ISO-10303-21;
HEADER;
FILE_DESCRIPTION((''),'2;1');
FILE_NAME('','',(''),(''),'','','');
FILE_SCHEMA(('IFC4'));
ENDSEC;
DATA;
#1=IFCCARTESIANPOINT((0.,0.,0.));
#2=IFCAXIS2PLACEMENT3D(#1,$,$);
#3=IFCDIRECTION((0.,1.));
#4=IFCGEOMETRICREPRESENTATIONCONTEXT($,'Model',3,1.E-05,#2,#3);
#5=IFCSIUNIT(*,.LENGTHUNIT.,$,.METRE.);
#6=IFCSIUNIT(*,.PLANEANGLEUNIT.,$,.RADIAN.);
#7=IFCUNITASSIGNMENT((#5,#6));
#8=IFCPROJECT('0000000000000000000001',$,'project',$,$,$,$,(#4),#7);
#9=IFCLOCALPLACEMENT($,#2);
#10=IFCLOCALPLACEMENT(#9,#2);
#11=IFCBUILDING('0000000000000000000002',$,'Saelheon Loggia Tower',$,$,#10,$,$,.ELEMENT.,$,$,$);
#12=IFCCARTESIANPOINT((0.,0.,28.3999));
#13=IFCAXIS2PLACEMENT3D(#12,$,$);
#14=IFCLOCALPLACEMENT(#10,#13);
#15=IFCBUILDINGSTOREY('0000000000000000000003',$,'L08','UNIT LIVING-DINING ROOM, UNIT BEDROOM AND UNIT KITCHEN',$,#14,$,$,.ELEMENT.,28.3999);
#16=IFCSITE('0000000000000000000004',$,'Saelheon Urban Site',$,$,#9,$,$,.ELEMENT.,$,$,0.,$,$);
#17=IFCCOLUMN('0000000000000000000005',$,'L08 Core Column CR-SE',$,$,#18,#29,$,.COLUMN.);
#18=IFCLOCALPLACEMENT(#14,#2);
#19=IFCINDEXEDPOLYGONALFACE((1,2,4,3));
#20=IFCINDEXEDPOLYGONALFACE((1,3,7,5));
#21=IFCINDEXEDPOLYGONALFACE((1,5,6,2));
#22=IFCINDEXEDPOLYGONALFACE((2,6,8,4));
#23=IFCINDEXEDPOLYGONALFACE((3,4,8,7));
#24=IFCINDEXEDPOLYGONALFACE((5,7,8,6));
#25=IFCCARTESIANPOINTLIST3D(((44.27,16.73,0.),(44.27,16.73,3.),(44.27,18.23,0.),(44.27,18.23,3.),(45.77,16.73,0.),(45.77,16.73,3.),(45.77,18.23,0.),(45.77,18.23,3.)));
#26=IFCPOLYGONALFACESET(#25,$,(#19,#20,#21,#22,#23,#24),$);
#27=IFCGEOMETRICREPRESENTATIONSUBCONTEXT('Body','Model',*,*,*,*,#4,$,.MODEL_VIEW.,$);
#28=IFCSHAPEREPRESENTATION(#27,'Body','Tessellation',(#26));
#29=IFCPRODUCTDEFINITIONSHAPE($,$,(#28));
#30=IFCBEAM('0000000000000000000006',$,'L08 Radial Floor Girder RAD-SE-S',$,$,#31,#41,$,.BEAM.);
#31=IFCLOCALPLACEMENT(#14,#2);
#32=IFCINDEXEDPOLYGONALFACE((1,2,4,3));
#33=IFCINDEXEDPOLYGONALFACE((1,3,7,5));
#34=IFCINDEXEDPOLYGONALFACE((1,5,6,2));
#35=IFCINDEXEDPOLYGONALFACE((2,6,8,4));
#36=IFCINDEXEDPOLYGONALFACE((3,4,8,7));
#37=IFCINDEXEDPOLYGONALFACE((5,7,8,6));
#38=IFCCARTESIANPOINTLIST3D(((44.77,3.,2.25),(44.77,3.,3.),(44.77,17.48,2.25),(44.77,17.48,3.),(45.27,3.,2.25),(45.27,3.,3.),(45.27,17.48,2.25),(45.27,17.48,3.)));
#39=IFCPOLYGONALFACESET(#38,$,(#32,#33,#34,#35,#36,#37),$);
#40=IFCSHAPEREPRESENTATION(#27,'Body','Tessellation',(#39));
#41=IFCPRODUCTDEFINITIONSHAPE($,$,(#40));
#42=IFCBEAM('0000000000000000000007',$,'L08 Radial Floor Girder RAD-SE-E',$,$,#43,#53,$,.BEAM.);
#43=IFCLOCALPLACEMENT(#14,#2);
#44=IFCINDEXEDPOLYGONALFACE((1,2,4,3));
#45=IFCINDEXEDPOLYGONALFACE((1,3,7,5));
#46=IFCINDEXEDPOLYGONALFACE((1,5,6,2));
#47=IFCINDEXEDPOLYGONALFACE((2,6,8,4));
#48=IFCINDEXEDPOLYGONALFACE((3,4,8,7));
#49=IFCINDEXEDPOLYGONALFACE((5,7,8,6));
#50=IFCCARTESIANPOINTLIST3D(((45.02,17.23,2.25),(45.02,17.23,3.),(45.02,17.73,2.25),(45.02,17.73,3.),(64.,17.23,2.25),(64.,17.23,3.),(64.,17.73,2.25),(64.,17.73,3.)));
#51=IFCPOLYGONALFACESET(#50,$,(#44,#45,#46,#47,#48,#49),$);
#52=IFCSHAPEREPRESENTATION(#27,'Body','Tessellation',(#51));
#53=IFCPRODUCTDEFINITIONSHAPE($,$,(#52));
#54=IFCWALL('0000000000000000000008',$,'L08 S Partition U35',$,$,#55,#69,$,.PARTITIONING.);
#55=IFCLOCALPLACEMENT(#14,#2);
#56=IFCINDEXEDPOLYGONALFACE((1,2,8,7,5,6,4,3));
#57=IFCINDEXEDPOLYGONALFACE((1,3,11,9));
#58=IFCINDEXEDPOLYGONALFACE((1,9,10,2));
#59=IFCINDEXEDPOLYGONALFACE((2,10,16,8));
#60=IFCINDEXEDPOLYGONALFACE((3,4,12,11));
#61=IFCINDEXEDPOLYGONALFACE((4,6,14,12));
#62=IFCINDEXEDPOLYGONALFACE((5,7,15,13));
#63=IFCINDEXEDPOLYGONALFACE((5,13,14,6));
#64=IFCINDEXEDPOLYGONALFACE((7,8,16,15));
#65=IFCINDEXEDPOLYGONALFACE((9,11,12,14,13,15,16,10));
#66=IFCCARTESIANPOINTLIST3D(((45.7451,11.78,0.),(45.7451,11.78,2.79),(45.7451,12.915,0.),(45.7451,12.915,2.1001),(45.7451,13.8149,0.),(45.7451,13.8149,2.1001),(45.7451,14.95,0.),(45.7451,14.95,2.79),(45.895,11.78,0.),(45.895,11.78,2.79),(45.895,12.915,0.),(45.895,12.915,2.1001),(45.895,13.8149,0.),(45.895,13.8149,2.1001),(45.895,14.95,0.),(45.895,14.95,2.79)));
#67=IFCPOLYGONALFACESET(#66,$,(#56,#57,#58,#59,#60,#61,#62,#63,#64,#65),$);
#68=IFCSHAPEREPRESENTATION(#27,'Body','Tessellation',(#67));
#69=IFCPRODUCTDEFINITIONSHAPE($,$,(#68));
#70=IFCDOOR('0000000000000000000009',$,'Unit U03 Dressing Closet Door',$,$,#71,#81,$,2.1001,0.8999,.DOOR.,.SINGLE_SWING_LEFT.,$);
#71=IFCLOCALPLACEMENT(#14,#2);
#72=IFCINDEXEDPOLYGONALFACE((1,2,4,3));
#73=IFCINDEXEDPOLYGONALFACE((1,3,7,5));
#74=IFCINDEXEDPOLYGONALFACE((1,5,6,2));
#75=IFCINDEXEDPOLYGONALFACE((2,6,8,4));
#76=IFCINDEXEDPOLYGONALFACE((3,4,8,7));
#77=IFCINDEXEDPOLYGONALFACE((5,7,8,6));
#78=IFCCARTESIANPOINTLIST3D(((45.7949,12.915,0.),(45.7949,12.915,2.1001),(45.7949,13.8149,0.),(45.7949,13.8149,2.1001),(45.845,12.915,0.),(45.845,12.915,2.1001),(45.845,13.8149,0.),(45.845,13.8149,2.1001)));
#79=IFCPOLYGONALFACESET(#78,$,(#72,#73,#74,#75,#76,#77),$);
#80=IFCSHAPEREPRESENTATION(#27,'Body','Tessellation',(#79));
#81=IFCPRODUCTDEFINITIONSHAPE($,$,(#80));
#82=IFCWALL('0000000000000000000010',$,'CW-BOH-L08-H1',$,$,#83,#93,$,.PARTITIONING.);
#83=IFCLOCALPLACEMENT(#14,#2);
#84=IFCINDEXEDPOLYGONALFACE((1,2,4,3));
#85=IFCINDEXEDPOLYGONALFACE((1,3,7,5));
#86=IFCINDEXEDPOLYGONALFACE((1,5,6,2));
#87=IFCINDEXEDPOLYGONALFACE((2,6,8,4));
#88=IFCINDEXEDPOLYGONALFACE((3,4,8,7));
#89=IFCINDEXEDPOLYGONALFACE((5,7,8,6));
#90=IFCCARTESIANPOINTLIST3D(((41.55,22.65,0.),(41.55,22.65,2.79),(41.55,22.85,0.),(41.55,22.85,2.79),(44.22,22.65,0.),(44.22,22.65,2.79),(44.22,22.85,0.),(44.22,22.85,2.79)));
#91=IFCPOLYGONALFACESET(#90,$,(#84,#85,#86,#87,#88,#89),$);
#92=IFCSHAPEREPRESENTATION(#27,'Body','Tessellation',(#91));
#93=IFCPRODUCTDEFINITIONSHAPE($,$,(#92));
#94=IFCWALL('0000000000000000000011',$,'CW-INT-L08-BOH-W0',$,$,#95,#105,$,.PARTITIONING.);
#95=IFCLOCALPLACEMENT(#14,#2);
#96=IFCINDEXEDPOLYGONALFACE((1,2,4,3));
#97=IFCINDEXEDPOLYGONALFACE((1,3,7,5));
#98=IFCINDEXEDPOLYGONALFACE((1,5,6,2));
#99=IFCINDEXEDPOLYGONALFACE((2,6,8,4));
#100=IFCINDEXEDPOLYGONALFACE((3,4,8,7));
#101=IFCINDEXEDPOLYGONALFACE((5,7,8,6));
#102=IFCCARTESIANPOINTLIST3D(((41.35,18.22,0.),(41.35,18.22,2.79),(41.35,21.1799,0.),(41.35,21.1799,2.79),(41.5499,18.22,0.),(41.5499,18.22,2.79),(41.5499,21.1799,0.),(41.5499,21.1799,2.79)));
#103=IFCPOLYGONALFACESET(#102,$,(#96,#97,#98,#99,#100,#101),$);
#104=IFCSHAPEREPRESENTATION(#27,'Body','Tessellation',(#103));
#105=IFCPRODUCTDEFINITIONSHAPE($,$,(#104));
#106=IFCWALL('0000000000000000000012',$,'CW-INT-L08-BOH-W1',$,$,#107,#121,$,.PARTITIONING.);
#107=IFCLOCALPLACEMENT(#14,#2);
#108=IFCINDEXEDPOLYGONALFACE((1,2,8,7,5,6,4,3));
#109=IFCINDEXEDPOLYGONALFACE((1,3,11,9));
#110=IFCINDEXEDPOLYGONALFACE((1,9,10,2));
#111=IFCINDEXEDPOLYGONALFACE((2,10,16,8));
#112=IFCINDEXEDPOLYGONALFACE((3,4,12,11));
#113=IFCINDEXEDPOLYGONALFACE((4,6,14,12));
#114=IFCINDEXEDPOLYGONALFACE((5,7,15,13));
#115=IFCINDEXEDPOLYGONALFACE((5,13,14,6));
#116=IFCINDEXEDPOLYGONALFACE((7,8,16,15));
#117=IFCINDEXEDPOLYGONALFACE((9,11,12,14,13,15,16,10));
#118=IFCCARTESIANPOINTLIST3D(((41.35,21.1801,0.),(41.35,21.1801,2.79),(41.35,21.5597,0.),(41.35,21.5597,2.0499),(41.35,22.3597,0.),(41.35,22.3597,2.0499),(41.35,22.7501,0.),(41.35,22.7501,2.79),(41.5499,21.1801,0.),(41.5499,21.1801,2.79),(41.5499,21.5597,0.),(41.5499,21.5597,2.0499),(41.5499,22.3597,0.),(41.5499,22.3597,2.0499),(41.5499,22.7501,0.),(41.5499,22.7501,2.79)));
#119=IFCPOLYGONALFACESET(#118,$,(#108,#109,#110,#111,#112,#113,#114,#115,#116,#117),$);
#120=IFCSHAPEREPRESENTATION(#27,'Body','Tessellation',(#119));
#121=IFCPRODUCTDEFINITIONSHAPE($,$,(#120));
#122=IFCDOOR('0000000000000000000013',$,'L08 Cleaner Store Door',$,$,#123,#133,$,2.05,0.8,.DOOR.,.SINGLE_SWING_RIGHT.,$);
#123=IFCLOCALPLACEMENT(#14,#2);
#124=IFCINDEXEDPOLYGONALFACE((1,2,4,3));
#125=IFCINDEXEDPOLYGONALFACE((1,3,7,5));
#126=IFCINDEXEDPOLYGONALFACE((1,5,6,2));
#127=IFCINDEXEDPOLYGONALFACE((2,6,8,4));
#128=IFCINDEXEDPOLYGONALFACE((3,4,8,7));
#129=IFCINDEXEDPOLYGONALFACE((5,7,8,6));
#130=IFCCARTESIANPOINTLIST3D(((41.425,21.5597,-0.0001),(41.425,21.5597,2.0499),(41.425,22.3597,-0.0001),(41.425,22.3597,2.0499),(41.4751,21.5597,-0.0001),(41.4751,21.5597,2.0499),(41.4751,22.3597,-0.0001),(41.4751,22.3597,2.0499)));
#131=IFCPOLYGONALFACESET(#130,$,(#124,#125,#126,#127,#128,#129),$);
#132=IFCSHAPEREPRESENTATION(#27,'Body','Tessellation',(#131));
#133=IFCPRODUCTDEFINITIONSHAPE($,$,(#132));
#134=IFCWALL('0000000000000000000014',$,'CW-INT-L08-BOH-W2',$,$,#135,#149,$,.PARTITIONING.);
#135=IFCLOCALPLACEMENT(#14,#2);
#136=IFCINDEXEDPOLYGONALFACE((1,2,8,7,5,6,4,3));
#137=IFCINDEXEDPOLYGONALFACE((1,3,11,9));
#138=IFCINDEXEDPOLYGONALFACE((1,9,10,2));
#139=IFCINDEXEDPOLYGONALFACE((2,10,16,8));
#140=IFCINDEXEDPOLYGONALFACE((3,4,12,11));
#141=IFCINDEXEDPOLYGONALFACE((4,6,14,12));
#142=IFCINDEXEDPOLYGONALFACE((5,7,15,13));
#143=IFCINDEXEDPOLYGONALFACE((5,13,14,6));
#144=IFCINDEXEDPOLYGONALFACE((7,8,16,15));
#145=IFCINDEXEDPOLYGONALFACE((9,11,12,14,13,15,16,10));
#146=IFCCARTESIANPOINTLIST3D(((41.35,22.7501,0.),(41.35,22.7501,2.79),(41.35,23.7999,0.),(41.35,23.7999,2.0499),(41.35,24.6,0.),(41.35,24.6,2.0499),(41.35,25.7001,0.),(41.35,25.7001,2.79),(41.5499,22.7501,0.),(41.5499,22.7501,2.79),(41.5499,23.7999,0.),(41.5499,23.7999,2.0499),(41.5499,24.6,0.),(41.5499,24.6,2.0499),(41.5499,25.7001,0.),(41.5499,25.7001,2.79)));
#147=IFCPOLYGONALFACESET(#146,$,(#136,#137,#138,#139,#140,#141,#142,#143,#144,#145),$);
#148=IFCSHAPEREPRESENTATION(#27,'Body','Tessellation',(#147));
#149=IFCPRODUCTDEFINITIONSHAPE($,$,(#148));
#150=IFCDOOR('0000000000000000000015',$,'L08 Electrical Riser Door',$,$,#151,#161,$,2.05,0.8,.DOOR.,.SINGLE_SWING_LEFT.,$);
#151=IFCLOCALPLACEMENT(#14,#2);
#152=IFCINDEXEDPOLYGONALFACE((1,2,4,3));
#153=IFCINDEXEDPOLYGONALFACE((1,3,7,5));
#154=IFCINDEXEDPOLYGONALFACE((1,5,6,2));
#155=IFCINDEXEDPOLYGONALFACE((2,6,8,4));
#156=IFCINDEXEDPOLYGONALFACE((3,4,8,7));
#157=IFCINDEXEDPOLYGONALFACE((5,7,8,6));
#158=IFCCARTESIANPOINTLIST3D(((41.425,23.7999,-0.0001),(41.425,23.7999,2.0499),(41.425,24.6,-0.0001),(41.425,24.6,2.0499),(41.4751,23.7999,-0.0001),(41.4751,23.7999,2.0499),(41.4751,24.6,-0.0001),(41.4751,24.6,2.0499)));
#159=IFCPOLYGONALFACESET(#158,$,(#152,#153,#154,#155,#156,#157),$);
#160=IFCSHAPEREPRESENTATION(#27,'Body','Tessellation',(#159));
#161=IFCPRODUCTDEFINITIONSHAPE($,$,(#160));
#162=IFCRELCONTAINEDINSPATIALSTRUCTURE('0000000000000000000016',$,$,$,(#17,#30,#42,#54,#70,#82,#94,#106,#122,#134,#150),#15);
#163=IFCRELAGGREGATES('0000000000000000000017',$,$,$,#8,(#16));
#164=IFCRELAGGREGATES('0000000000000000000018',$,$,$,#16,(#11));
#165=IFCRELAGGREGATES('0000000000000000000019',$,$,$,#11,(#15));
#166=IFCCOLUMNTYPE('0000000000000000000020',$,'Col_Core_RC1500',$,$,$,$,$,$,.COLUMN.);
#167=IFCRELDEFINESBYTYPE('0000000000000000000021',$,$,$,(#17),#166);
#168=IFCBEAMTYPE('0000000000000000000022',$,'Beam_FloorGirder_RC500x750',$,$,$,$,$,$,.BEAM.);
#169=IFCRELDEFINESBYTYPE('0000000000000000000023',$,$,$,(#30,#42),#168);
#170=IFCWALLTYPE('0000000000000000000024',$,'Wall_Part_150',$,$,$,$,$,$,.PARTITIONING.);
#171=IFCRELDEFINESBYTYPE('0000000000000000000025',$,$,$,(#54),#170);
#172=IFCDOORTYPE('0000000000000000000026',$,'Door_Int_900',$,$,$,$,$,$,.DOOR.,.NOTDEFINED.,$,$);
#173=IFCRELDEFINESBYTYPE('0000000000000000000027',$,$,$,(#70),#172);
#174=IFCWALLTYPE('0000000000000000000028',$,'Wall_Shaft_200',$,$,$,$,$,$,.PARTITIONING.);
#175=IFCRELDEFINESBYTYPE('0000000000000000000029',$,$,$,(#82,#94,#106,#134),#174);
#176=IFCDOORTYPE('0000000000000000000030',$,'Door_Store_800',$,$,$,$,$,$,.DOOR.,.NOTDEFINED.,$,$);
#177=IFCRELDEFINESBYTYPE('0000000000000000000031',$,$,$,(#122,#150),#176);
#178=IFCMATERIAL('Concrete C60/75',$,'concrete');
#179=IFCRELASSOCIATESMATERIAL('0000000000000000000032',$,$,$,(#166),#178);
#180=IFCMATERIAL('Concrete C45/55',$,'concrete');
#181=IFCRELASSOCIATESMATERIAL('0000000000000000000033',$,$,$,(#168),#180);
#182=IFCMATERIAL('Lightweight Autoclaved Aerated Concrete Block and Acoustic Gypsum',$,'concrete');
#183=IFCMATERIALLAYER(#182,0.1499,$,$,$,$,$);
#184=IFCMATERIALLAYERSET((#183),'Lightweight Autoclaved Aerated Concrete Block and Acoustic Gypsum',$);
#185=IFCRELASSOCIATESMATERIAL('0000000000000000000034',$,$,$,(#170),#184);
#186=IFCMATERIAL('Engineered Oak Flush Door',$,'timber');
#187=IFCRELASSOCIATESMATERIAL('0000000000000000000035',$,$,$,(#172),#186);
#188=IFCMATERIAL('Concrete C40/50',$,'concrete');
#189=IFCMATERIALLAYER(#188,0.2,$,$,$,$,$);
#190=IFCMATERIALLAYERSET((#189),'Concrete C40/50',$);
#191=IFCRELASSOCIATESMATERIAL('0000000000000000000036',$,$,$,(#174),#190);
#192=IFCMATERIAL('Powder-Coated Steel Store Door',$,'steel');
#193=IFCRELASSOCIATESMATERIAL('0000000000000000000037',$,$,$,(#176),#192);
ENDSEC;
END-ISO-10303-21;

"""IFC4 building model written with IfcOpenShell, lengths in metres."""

from ifc_helpers import new_model, si_unit, direction, frame, frame_2d, origin, origin_2d, place, context, subcontext, project, spatial, rectangle, extrude, source, transform, mapped, material, layer, layer_set, material_profile, profile_set, type_object, element, fill, save


model = new_model("IFC4")

# Units and contexts
model_context = context("Model", 3, precision=1e-05, world=origin(), true_north=direction((0.0, 1.0)))
body_context = subcontext(model_context, "Body", "Model", "MODEL_VIEW")
ifc_project = project(units=[si_unit("LENGTHUNIT", "METRE"), si_unit("PLANEANGLEUNIT", "RADIAN")], contexts=[model_context])

# Site, building, storey
site_placement = place(None, origin())
site = spatial("IfcSite", under=ifc_project, at=site_placement, Name="Saelheon Urban Site", CompositionType="ELEMENT", RefElevation=0.0)
building_placement = place(site_placement, origin())
building = spatial("IfcBuilding", under=site, at=building_placement, Name="Saelheon Loggia Tower", CompositionType="ELEMENT")
storey_placement = place(building_placement, frame((0.0, 0.0, 28.3999)))
storey = spatial("IfcBuildingStorey", under=building, at=storey_placement, Name="L08", Description="UNIT LIVING-DINING ROOM, UNIT BEDROOM AND UNIT KITCHEN", CompositionType="ELEMENT", Elevation=28.3999)

# Column
ifc_material_1 = material(Name="Concrete C60/75", Category="concrete")
ifc_material_profile_1 = material_profile(ifc_material_1, rectangle(XDim=1.5, YDim=1.5, at=origin_2d()), Name="RC-1500x1500")
ifc_profile_set_1 = profile_set([ifc_material_profile_1], Name="Concrete C60/75")
column_type = type_object("IfcColumnType", Name="Col_Core_RC1500", PredefinedType="COLUMN", material=ifc_profile_set_1)
shared_shape_1 = source(origin(), body_context, "Body", "SweptSolid", [
    extrude(rectangle(XDim=1.5, YDim=1.5, at=origin_2d()), origin(), (0.0, 0.0, 1.0), 3.0),
])
column_placement = place(storey_placement, frame((45.02, 17.48, 0.0), z_axis=(0.0, 0.0, 1.0), x_axis=(1.0, 0.0, 0.0)))
element("IfcColumn", 1, at=column_placement, inside=storey, type_object=column_type, Name="L08 Core Column CR-SE", PredefinedType="COLUMN", context=body_context, shape_type="MappedRepresentation", body=[
    mapped(shared_shape_1, transform((0.0, 0.0, 0.0), scale=1.0)),
])

# Beams
ifc_material_2 = material(Name="Concrete C45/55", Category="concrete")
ifc_material_profile_2 = material_profile(ifc_material_2, rectangle(XDim=0.5, YDim=0.75, at=origin_2d()), Name="RC-500x750")
ifc_profile_set_2 = profile_set([ifc_material_profile_2], Name="Concrete C45/55")
beam_type = type_object("IfcBeamType", Name="Beam_FloorGirder_RC500x750", PredefinedType="BEAM", material=ifc_profile_set_2)
shared_shape_2 = source(origin(), body_context, "Body", "SweptSolid", [
    extrude(rectangle(XDim=0.5, YDim=0.75, at=origin_2d()), origin(), (0.0, 0.0, 1.0), 14.48),
])
beam_1_placement = place(storey_placement, frame((45.02, 17.48, 2.625), z_axis=(0.0, -1.0, 0.0), x_axis=(1.0, 0.0, 0.0)))
element("IfcBeam", 2, at=beam_1_placement, inside=storey, type_object=beam_type, Name="L08 Radial Floor Girder RAD-SE-S", PredefinedType="BEAM", context=body_context, shape_type="MappedRepresentation", body=[
    mapped(shared_shape_2, transform((0.0, 0.0, 0.0), scale=1.0)),
])
shared_shape_3 = source(origin(), body_context, "Body", "SweptSolid", [
    extrude(rectangle(XDim=0.5, YDim=0.75, at=origin_2d()), origin(), (0.0, 0.0, 1.0), 18.98),
])
beam_2_placement = place(storey_placement, frame((45.02, 17.48, 2.625), z_axis=(1.0, 0.0, 0.0), x_axis=(0.0, 1.0, 0.0)))
element("IfcBeam", 3, at=beam_2_placement, inside=storey, type_object=beam_type, Name="L08 Radial Floor Girder RAD-SE-E", PredefinedType="BEAM", context=body_context, shape_type="MappedRepresentation", body=[
    mapped(shared_shape_3, transform((0.0, 0.0, 0.0), scale=1.0)),
])

# Wall, opening, door
ifc_material_3 = material(Name="Lightweight Autoclaved Aerated Concrete Block and Acoustic Gypsum", Category="concrete")
ifc_layer_1 = layer(ifc_material_3, 0.1499)
ifc_layer_set_1 = layer_set([ifc_layer_1], Name="Lightweight Autoclaved Aerated Concrete Block and Acoustic Gypsum")
wall_type_1 = type_object("IfcWallType", Name="Wall_Part_150", PredefinedType="PARTITIONING", material=ifc_layer_set_1)
wall_1_placement = place(storey_placement, frame((45.8201, 14.95, 0.0), z_axis=(0.0, 0.0, 1.0), x_axis=(0.0, -1.0, 0.0)))
wall_1 = element("IfcWall", 4, at=wall_1_placement, inside=storey, type_object=wall_type_1, Name="L08 S Partition U35", PredefinedType="PARTITIONING", context=body_context, shape_type="SweptSolid", body=[
    extrude(rectangle(XDim=3.1699, YDim=0.1499, at=frame_2d((1.585, 0.0))), origin(), (0.0, 0.0, 1.0), 2.79),
])
opening_1_placement = place(wall_1_placement, frame((1.135, 0.0, 0.0)))
opening_1 = element("IfcOpeningElement", 5, at=opening_1_placement, cuts=wall_1, PredefinedType="OPENING", context=body_context, shape_type="SweptSolid", body=[
    extrude(rectangle(XDim=0.8999, YDim=2.1001, at=frame_2d((0.45, 1.05))), frame((0.0, 0.0869, 0.0), z_axis=(0.0, -1.0, 0.0), x_axis=(1.0, 0.0, 0.0)), (0.0, 0.0, 1.0), 0.1738),
])
ifc_material_4 = material(Name="Engineered Oak Flush Door", Category="timber")
door_type_1 = type_object("IfcDoorType", Name="Door_Int_900", OperationType="NOTDEFINED", PredefinedType="DOOR", material=ifc_material_4)
shared_shape_4 = source(origin(), body_context, "Body", "SweptSolid", [
    extrude(rectangle(XDim=0.8999, YDim=2.1001, at=frame_2d((0.45, 1.05))), frame((0.0, 0.0249, 0.0), z_axis=(0.0, -1.0, 0.0), x_axis=(1.0, 0.0, 0.0)), (0.0, 0.0, 1.0), 0.05),
])
door_1_placement = place(opening_1_placement, origin())
door_1 = element("IfcDoor", 6, at=door_1_placement, inside=storey, type_object=door_type_1, Name="Unit U03 Dressing Closet Door", OperationType="SINGLE_SWING_LEFT", OverallHeight=2.1001, OverallWidth=0.8999, PredefinedType="DOOR", context=body_context, shape_type="MappedRepresentation", body=[
    mapped(shared_shape_4, transform((0.0, 0.0, 0.0), scale=1.0)),
])
fill(opening_1, door_1)

# Walls
ifc_material_5 = material(Name="Concrete C40/50", Category="concrete")
ifc_layer_2 = layer(ifc_material_5, 0.2)
ifc_layer_set_2 = layer_set([ifc_layer_2], Name="Concrete C40/50")
wall_type_2 = type_object("IfcWallType", Name="Wall_Shaft_200", PredefinedType="PARTITIONING", material=ifc_layer_set_2)
wall_2_placement = place(storey_placement, frame((41.55, 22.75, 0.0), z_axis=(0.0, 0.0, 1.0), x_axis=(1.0, 0.0, 0.0)))
element("IfcWall", 7, at=wall_2_placement, inside=storey, type_object=wall_type_2, Name="CW-BOH-L08-H1", PredefinedType="PARTITIONING", context=body_context, shape_type="SweptSolid", body=[
    extrude(rectangle(XDim=2.6699, YDim=0.2, at=frame_2d((1.335, 0.0))), origin(), (0.0, 0.0, 1.0), 2.79),
])
wall_3_placement = place(storey_placement, frame((41.45, 18.22, 0.0), z_axis=(0.0, 0.0, 1.0), x_axis=(0.0, 1.0, 0.0)))
element("IfcWall", 8, at=wall_3_placement, inside=storey, type_object=wall_type_2, Name="CW-INT-L08-BOH-W0", PredefinedType="PARTITIONING", context=body_context, shape_type="SweptSolid", body=[
    extrude(rectangle(XDim=2.96, YDim=0.2, at=frame_2d((1.48, 0.0))), origin(), (0.0, 0.0, 1.0), 2.79),
])

# Walls, openings, doors
wall_4_placement = place(storey_placement, frame((41.45, 21.1799, 0.0), z_axis=(0.0, 0.0, 1.0), x_axis=(0.0, 1.0, 0.0)))
wall_4 = element("IfcWall", 9, at=wall_4_placement, inside=storey, type_object=wall_type_2, Name="CW-INT-L08-BOH-W1", PredefinedType="PARTITIONING", context=body_context, shape_type="SweptSolid", body=[
    extrude(rectangle(XDim=1.5701, YDim=0.2, at=frame_2d((0.7852, 0.0))), origin(), (0.0, 0.0, 1.0), 2.79),
])
opening_2_placement = place(wall_4_placement, frame((0.3799, 0.0, 0.0)))
opening_2 = element("IfcOpeningElement", 10, at=opening_2_placement, cuts=wall_4, PredefinedType="OPENING", context=body_context, shape_type="SweptSolid", body=[
    extrude(rectangle(XDim=0.8, YDim=2.05, at=frame_2d((0.3999, 1.0249))), frame((0.0, 0.1121, 0.0), z_axis=(0.0, -1.0, 0.0), x_axis=(1.0, 0.0, 0.0)), (0.0, 0.0, 1.0), 0.2239),
])
ifc_material_6 = material(Name="Powder-Coated Steel Store Door", Category="steel")
door_type_2 = type_object("IfcDoorType", Name="Door_Store_800", OperationType="NOTDEFINED", PredefinedType="DOOR", material=ifc_material_6)
shared_shape_5 = source(origin(), body_context, "Body", "SweptSolid", [
    extrude(rectangle(XDim=0.8, YDim=2.05, at=frame_2d((0.3999, 1.0249))), frame((0.0, 0.0249, 0.0), z_axis=(0.0, -1.0, 0.0), x_axis=(1.0, 0.0, 0.0)), (0.0, 0.0, 1.0), 0.05),
])
door_2_placement = place(opening_2_placement, origin())
door_2 = element("IfcDoor", 11, at=door_2_placement, inside=storey, type_object=door_type_2, Name="L08 Cleaner Store Door", OperationType="SINGLE_SWING_RIGHT", OverallHeight=2.05, OverallWidth=0.8, PredefinedType="DOOR", context=body_context, shape_type="MappedRepresentation", body=[
    mapped(shared_shape_5, transform((0.0, 0.0, 0.0), scale=1.0)),
])
fill(opening_2, door_2)
wall_5_placement = place(storey_placement, frame((41.45, 22.75, 0.0), z_axis=(0.0, 0.0, 1.0), x_axis=(0.0, 1.0, 0.0)))
wall_5 = element("IfcWall", 12, at=wall_5_placement, inside=storey, type_object=wall_type_2, Name="CW-INT-L08-BOH-W2", PredefinedType="PARTITIONING", context=body_context, shape_type="SweptSolid", body=[
    extrude(rectangle(XDim=2.95, YDim=0.2, at=frame_2d((1.4751, 0.0))), origin(), (0.0, 0.0, 1.0), 2.79),
])
opening_3_placement = place(wall_5_placement, frame((1.05, 0.0, 0.0)))
opening_3 = element("IfcOpeningElement", 13, at=opening_3_placement, cuts=wall_5, PredefinedType="OPENING", context=body_context, shape_type="SweptSolid", body=[
    extrude(rectangle(XDim=0.8, YDim=2.05, at=frame_2d((0.3999, 1.0249))), frame((0.0, 0.1121, 0.0), z_axis=(0.0, -1.0, 0.0), x_axis=(1.0, 0.0, 0.0)), (0.0, 0.0, 1.0), 0.2239),
])
door_3_placement = place(opening_3_placement, origin())
door_3 = element("IfcDoor", 14, at=door_3_placement, inside=storey, type_object=door_type_2, Name="L08 Electrical Riser Door", OperationType="SINGLE_SWING_LEFT", OverallHeight=2.05, OverallWidth=0.8, PredefinedType="DOOR", context=body_context, shape_type="MappedRepresentation", body=[
    mapped(shared_shape_5, transform((0.0, 0.0, 0.0), scale=1.0)),
])
fill(opening_3, door_3)

save(model, "model.ifc")
